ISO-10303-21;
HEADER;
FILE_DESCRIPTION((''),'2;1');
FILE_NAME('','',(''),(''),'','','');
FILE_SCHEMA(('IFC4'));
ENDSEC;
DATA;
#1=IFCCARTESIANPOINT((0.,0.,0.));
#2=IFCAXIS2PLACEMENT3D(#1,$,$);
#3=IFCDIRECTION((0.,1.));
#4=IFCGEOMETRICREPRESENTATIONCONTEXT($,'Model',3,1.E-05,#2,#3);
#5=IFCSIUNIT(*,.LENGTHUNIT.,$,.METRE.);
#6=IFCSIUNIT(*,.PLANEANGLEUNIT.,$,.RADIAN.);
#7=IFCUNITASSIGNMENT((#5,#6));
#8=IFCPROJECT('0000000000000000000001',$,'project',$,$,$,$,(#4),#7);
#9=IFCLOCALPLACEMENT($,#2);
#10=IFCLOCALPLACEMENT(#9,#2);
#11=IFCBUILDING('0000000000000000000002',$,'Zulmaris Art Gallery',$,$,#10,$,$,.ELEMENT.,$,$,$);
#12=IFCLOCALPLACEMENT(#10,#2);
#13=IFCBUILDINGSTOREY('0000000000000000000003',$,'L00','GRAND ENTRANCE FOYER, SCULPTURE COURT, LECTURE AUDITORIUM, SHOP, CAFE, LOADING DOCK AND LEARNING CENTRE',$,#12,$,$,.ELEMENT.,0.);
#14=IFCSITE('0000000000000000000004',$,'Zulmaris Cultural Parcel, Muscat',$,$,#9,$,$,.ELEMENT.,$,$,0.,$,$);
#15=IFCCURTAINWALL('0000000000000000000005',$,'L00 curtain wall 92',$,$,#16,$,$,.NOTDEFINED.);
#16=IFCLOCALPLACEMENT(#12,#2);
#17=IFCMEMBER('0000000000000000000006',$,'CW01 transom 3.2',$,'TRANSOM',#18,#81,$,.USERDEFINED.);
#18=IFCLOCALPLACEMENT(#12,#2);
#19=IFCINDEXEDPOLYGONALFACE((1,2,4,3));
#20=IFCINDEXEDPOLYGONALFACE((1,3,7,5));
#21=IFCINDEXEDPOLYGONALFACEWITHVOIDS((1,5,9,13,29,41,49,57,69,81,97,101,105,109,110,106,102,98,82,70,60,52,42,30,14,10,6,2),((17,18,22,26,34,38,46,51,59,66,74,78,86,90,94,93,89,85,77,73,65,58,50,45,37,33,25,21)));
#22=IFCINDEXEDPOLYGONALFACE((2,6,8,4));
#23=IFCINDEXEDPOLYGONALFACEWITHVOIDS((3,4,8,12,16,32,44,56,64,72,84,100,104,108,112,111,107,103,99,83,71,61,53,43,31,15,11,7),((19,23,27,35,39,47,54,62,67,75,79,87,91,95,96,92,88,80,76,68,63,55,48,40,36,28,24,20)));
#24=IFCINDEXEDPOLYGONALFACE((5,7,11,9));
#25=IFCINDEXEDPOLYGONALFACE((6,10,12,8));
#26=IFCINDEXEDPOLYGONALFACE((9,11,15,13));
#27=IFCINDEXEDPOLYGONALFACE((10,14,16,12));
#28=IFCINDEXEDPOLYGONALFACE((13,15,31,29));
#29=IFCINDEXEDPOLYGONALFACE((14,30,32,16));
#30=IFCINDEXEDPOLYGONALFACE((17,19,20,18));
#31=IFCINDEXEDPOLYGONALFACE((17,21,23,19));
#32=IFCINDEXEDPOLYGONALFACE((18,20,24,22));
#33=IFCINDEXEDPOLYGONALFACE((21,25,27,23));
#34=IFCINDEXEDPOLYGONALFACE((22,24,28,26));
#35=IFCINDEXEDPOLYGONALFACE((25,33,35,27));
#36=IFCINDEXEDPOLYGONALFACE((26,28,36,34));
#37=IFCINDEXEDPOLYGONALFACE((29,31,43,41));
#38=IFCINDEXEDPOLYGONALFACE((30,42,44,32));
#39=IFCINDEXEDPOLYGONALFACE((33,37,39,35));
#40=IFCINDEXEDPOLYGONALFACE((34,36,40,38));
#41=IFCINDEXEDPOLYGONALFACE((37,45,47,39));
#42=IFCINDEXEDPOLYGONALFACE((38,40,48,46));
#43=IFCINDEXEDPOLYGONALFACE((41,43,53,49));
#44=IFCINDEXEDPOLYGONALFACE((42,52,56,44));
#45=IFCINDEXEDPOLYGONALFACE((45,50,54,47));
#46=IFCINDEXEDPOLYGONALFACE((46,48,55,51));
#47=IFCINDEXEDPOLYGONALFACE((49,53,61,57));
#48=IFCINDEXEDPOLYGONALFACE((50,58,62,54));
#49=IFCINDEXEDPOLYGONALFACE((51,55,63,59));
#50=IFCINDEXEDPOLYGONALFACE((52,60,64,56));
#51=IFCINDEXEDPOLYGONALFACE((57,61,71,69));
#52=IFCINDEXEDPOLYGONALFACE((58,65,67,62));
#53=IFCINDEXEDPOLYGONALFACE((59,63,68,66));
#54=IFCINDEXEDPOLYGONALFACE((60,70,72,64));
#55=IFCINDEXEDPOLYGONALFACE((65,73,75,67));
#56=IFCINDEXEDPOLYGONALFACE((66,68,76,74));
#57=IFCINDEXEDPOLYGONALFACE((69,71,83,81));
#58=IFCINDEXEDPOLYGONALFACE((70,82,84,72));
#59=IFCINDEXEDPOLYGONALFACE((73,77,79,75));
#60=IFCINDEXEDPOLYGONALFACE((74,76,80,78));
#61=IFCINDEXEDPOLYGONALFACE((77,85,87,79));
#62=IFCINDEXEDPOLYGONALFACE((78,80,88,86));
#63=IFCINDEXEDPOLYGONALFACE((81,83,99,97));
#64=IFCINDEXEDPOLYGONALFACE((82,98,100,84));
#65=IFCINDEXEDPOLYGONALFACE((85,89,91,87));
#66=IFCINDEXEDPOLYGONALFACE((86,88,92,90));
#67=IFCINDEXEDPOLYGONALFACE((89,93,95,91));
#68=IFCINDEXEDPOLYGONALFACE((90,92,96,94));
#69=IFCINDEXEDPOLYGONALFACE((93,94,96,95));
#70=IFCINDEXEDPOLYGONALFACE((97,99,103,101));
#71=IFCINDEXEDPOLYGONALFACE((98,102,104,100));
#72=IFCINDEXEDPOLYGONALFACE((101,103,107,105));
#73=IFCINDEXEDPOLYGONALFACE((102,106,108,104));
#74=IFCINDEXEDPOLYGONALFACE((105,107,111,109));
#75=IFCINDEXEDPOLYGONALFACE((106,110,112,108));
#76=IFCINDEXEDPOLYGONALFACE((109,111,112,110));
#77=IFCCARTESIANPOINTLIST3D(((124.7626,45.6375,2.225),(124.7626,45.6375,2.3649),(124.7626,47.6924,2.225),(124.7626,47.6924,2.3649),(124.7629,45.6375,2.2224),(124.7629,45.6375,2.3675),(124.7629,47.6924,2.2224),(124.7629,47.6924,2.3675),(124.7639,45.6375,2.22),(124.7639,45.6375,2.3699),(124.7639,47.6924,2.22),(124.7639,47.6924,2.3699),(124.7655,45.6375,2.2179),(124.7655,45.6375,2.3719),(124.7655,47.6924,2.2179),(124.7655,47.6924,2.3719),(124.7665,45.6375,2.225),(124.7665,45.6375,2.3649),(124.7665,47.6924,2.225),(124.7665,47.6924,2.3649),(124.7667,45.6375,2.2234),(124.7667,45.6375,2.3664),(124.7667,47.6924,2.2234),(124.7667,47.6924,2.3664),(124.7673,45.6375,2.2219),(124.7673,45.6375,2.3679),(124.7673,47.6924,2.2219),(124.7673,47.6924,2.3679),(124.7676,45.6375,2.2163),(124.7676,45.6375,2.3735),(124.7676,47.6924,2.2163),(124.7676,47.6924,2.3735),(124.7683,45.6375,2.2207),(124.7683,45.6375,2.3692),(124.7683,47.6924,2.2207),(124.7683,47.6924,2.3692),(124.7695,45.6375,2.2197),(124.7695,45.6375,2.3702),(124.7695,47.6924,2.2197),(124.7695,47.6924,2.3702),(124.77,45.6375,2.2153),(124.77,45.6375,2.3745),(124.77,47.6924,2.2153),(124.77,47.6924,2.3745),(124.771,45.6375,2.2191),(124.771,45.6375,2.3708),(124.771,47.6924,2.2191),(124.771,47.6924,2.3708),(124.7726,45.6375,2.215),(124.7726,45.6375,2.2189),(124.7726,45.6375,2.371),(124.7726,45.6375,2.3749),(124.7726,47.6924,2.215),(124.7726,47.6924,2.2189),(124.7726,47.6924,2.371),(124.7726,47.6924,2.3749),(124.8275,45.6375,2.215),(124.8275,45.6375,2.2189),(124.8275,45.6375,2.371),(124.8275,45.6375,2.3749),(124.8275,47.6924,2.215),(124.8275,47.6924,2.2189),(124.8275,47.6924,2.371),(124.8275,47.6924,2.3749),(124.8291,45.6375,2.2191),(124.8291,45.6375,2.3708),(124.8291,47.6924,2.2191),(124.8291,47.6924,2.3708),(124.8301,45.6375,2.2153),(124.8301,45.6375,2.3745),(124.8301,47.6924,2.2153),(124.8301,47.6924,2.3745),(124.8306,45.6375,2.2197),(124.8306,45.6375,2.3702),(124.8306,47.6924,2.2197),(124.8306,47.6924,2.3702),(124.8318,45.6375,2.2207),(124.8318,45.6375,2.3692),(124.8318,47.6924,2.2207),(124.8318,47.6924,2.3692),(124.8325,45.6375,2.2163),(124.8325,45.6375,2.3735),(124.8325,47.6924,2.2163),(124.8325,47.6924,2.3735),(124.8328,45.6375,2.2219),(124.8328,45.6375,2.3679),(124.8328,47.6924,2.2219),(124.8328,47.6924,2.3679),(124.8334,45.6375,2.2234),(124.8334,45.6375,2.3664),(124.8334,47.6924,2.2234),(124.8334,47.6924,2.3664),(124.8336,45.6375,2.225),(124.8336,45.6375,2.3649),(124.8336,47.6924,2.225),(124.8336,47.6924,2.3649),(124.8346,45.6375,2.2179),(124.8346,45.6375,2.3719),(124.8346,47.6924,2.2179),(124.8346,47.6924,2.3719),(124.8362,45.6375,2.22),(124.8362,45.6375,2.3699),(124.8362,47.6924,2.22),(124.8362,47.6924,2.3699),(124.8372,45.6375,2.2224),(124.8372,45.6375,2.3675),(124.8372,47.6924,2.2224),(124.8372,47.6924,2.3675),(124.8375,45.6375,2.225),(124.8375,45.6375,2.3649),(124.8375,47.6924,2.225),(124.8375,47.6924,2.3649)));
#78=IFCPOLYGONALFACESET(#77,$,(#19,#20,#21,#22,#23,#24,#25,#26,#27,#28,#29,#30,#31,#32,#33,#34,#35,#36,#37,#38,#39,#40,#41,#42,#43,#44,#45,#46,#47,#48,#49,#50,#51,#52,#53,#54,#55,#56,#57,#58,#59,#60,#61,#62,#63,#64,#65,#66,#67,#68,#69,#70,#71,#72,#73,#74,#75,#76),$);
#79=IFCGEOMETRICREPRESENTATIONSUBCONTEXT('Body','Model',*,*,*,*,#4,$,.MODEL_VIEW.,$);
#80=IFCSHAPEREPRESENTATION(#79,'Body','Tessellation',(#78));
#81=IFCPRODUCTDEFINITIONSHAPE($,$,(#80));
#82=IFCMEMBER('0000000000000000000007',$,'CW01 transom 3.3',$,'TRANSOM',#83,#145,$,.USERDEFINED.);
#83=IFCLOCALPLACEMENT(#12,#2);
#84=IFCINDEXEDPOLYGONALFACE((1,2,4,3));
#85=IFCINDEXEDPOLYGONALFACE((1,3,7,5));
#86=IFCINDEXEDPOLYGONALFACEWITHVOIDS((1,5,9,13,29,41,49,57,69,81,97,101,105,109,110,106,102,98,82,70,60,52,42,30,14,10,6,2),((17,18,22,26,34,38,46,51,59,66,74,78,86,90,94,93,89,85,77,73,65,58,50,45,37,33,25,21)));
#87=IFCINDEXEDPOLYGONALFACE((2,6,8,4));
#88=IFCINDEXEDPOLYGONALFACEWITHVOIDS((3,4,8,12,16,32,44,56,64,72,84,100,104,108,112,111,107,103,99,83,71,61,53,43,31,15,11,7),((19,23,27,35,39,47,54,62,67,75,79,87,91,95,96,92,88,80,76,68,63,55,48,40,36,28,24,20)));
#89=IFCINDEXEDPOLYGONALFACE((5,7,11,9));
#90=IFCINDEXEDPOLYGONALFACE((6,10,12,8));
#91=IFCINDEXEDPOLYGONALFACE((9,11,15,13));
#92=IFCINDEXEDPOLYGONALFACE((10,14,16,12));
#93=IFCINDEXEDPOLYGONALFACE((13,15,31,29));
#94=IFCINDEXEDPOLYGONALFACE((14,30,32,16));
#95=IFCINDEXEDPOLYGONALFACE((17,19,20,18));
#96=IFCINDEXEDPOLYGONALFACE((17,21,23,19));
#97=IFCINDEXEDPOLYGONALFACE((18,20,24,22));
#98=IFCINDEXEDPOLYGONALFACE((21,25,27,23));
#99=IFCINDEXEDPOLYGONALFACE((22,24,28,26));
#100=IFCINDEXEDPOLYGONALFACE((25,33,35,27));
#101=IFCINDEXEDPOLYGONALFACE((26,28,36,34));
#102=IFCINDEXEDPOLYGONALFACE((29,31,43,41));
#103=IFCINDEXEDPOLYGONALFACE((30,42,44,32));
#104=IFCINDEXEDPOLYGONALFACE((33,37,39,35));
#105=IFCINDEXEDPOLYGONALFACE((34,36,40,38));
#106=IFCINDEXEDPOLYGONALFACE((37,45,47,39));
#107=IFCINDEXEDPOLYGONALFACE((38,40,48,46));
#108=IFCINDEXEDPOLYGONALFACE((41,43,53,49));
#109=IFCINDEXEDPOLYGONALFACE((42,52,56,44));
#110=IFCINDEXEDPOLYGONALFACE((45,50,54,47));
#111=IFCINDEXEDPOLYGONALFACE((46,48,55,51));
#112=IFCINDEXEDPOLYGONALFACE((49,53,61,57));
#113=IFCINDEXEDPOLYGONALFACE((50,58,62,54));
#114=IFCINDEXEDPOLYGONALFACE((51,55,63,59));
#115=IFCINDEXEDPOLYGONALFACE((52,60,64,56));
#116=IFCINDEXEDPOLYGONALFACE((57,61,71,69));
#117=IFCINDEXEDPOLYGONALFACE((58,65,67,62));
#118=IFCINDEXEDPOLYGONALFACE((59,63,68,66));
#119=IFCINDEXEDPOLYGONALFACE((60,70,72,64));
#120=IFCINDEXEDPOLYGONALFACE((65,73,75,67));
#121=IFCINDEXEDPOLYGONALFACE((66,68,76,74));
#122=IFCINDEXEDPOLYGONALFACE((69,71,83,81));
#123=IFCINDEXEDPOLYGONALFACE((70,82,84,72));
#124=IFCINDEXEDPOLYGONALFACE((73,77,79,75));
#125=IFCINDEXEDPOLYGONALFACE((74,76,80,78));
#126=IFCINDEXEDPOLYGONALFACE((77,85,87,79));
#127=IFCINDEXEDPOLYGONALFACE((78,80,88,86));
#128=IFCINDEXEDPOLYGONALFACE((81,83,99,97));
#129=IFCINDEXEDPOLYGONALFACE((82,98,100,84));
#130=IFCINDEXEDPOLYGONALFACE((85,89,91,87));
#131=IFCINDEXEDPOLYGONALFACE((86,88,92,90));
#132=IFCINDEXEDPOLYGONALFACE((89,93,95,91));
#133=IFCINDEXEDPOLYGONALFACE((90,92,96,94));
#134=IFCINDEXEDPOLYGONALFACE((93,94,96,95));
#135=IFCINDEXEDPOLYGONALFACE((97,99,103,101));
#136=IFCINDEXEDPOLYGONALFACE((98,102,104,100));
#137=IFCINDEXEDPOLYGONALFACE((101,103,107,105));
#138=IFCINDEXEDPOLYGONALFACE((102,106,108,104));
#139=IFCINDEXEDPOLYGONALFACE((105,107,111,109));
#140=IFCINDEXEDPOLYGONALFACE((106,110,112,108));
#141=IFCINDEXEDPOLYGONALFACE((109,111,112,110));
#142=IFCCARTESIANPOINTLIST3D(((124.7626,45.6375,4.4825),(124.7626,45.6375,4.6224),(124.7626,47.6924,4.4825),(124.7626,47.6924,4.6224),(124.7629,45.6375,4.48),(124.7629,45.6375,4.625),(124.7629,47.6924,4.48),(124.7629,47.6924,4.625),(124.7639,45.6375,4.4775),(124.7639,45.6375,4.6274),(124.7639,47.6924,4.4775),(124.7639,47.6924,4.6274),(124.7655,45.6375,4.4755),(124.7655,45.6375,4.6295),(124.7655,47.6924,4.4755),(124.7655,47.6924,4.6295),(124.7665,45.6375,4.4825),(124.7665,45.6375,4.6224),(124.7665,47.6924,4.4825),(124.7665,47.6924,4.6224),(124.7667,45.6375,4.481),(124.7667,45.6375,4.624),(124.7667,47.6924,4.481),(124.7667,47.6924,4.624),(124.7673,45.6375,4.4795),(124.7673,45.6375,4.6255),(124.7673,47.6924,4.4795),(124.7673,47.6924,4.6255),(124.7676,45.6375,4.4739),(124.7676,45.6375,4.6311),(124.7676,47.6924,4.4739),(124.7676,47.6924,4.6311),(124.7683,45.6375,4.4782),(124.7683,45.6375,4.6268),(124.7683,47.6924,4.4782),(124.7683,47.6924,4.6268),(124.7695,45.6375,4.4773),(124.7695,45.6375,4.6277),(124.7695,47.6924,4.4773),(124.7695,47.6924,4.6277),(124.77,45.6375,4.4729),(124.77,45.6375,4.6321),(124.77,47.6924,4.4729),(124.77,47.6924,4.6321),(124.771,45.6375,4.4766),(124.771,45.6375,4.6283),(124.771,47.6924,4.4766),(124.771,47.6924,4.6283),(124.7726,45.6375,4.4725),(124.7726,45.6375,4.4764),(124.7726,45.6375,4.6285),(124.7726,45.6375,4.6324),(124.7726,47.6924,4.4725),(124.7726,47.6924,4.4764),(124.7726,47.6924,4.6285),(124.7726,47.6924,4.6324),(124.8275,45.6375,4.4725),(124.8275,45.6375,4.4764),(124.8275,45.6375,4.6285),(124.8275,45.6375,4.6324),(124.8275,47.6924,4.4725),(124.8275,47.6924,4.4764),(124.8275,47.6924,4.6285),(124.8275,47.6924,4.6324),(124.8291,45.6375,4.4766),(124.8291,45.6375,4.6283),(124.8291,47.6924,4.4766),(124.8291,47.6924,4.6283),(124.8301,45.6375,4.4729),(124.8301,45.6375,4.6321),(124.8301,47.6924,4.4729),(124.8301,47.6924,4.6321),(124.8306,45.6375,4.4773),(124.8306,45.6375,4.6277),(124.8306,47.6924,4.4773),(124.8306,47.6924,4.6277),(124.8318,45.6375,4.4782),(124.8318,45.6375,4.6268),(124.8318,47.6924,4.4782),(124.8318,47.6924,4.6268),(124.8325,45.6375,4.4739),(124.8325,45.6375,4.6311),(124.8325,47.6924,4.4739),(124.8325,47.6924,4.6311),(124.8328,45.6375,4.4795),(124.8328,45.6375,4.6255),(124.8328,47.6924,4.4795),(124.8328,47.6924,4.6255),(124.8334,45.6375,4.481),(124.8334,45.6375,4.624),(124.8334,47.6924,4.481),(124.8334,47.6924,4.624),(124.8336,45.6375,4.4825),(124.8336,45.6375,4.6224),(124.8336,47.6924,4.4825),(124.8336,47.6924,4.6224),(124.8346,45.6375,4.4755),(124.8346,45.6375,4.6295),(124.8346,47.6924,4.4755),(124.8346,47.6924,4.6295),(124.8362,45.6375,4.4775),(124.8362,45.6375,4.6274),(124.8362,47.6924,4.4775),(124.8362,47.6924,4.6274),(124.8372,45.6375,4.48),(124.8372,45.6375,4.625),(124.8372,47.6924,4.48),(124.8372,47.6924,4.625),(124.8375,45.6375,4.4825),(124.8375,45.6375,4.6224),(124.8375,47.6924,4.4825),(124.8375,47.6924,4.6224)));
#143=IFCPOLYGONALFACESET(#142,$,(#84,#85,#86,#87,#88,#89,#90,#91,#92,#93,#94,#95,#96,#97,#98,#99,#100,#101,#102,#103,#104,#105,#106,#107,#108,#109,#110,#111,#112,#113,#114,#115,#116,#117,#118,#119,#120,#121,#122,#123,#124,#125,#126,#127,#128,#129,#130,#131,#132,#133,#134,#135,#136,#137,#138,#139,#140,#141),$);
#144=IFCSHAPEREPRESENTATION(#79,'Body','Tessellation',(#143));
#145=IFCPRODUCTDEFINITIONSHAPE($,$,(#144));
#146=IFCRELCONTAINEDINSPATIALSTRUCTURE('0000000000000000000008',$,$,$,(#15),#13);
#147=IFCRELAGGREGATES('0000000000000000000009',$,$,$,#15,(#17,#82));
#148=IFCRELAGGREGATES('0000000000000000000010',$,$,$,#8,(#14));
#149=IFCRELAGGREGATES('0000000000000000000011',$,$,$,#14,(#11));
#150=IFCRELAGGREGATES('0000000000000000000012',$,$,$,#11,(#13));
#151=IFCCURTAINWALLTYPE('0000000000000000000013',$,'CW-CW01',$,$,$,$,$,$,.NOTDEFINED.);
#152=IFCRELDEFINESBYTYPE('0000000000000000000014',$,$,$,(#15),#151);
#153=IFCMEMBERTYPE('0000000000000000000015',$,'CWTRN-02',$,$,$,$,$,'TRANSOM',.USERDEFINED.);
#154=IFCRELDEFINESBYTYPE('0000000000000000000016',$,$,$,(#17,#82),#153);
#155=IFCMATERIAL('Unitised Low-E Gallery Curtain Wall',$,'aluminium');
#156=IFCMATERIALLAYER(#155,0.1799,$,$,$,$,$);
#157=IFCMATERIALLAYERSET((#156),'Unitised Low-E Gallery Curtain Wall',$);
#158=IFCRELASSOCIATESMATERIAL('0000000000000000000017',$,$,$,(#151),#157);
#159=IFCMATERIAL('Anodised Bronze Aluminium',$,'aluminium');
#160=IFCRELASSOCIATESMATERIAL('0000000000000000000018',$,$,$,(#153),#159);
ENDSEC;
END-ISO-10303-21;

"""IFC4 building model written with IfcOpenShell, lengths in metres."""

from ifc_helpers import new_model, si_unit, direction, frame, origin, origin_2d, place, context, subcontext, project, spatial, hollow_rectangle, extrude, material, layer, layer_set, material_profile, profile_set, type_object, element, aggregate, save


model = new_model("IFC4")

# Units and contexts
model_context = context("Model", 3, precision=1e-05, world=origin(), true_north=direction((0.0, 1.0)))
body_context = subcontext(model_context, "Body", "Model", "MODEL_VIEW")
ifc_project = project(units=[si_unit("LENGTHUNIT", "METRE"), si_unit("PLANEANGLEUNIT", "RADIAN")], contexts=[model_context])

# Site, building, storey
site_placement = place(None, origin())
site = spatial("IfcSite", under=ifc_project, at=site_placement, Name="Zulmaris Cultural Parcel, Muscat", CompositionType="ELEMENT", RefElevation=0.0)
building_placement = place(site_placement, origin())
building = spatial("IfcBuilding", under=site, at=building_placement, Name="Zulmaris Art Gallery", CompositionType="ELEMENT")
storey_placement = place(building_placement, origin())
storey = spatial("IfcBuildingStorey", under=building, at=storey_placement, Name="L00", Description="GRAND ENTRANCE FOYER, SCULPTURE COURT, LECTURE AUDITORIUM, SHOP, CAFE, LOADING DOCK AND LEARNING CENTRE", CompositionType="ELEMENT", Elevation=0.0)

# Curtain wall
ifc_material_1 = material(Name="Unitised Low-E Gallery Curtain Wall", Category="aluminium")
ifc_layer_1 = layer(ifc_material_1, 0.1799)
ifc_layer_set_1 = layer_set([ifc_layer_1], Name="Unitised Low-E Gallery Curtain Wall")
curtain_wall_type = type_object("IfcCurtainWallType", Name="CW-CW01", PredefinedType="NOTDEFINED", material=ifc_layer_set_1)
curtain_wall_1_placement = place(storey_placement, origin())
curtain_wall_1 = element("IfcCurtainWall", 1, at=curtain_wall_1_placement, inside=storey, type_object=curtain_wall_type, Name="L00 curtain wall 92", PredefinedType="NOTDEFINED")
ifc_material_2 = material(Name="Anodised Bronze Aluminium", Category="aluminium")

# Members
ifc_material_profile_1 = material_profile(ifc_material_2, hollow_rectangle(XDim=0.075, YDim=0.1599, WallThickness=0.0039, InnerFilletRadius=0.0061, OuterFilletRadius=0.01, at=origin_2d()), Name="ALU 75x160x4")
ifc_profile_set_1 = profile_set([ifc_material_profile_1], Name="Anodised Bronze Aluminium")
member_type_1 = type_object("IfcMemberType", Name="CWTRN-02", ElementType="TRANSOM", PredefinedType="USERDEFINED", material=ifc_profile_set_1)
member_1_placement = place(storey_placement, frame((124.8, 45.6375, 2.2949), z_axis=(0.0, 1.0, 0.0), x_axis=(-1.0, 0.0, 0.0)))
member_1 = element("IfcMember", 2, at=member_1_placement, type_object=member_type_1, Name="CW01 transom 3.2", ObjectType="TRANSOM", PredefinedType="USERDEFINED", context=body_context, shape_type="SweptSolid", body=[
    extrude(hollow_rectangle(XDim=0.075, YDim=0.1599, WallThickness=0.0039, InnerFilletRadius=0.0061, OuterFilletRadius=0.01, at=origin_2d()), origin(), (0.0, 0.0, 1.0), 2.0549),
])
member_2_placement = place(storey_placement, frame((124.8, 45.6375, 4.5525), z_axis=(0.0, 1.0, 0.0), x_axis=(-1.0, 0.0, 0.0)))
member_2 = element("IfcMember", 3, at=member_2_placement, type_object=member_type_1, Name="CW01 transom 3.3", ObjectType="TRANSOM", PredefinedType="USERDEFINED", context=body_context, shape_type="SweptSolid", body=[
    extrude(hollow_rectangle(XDim=0.075, YDim=0.1599, WallThickness=0.0039, InnerFilletRadius=0.0061, OuterFilletRadius=0.01, at=origin_2d()), origin(), (0.0, 0.0, 1.0), 2.0549),
])

aggregate(curtain_wall_1, [member_1, member_2])

save(model, "model.ifc")
